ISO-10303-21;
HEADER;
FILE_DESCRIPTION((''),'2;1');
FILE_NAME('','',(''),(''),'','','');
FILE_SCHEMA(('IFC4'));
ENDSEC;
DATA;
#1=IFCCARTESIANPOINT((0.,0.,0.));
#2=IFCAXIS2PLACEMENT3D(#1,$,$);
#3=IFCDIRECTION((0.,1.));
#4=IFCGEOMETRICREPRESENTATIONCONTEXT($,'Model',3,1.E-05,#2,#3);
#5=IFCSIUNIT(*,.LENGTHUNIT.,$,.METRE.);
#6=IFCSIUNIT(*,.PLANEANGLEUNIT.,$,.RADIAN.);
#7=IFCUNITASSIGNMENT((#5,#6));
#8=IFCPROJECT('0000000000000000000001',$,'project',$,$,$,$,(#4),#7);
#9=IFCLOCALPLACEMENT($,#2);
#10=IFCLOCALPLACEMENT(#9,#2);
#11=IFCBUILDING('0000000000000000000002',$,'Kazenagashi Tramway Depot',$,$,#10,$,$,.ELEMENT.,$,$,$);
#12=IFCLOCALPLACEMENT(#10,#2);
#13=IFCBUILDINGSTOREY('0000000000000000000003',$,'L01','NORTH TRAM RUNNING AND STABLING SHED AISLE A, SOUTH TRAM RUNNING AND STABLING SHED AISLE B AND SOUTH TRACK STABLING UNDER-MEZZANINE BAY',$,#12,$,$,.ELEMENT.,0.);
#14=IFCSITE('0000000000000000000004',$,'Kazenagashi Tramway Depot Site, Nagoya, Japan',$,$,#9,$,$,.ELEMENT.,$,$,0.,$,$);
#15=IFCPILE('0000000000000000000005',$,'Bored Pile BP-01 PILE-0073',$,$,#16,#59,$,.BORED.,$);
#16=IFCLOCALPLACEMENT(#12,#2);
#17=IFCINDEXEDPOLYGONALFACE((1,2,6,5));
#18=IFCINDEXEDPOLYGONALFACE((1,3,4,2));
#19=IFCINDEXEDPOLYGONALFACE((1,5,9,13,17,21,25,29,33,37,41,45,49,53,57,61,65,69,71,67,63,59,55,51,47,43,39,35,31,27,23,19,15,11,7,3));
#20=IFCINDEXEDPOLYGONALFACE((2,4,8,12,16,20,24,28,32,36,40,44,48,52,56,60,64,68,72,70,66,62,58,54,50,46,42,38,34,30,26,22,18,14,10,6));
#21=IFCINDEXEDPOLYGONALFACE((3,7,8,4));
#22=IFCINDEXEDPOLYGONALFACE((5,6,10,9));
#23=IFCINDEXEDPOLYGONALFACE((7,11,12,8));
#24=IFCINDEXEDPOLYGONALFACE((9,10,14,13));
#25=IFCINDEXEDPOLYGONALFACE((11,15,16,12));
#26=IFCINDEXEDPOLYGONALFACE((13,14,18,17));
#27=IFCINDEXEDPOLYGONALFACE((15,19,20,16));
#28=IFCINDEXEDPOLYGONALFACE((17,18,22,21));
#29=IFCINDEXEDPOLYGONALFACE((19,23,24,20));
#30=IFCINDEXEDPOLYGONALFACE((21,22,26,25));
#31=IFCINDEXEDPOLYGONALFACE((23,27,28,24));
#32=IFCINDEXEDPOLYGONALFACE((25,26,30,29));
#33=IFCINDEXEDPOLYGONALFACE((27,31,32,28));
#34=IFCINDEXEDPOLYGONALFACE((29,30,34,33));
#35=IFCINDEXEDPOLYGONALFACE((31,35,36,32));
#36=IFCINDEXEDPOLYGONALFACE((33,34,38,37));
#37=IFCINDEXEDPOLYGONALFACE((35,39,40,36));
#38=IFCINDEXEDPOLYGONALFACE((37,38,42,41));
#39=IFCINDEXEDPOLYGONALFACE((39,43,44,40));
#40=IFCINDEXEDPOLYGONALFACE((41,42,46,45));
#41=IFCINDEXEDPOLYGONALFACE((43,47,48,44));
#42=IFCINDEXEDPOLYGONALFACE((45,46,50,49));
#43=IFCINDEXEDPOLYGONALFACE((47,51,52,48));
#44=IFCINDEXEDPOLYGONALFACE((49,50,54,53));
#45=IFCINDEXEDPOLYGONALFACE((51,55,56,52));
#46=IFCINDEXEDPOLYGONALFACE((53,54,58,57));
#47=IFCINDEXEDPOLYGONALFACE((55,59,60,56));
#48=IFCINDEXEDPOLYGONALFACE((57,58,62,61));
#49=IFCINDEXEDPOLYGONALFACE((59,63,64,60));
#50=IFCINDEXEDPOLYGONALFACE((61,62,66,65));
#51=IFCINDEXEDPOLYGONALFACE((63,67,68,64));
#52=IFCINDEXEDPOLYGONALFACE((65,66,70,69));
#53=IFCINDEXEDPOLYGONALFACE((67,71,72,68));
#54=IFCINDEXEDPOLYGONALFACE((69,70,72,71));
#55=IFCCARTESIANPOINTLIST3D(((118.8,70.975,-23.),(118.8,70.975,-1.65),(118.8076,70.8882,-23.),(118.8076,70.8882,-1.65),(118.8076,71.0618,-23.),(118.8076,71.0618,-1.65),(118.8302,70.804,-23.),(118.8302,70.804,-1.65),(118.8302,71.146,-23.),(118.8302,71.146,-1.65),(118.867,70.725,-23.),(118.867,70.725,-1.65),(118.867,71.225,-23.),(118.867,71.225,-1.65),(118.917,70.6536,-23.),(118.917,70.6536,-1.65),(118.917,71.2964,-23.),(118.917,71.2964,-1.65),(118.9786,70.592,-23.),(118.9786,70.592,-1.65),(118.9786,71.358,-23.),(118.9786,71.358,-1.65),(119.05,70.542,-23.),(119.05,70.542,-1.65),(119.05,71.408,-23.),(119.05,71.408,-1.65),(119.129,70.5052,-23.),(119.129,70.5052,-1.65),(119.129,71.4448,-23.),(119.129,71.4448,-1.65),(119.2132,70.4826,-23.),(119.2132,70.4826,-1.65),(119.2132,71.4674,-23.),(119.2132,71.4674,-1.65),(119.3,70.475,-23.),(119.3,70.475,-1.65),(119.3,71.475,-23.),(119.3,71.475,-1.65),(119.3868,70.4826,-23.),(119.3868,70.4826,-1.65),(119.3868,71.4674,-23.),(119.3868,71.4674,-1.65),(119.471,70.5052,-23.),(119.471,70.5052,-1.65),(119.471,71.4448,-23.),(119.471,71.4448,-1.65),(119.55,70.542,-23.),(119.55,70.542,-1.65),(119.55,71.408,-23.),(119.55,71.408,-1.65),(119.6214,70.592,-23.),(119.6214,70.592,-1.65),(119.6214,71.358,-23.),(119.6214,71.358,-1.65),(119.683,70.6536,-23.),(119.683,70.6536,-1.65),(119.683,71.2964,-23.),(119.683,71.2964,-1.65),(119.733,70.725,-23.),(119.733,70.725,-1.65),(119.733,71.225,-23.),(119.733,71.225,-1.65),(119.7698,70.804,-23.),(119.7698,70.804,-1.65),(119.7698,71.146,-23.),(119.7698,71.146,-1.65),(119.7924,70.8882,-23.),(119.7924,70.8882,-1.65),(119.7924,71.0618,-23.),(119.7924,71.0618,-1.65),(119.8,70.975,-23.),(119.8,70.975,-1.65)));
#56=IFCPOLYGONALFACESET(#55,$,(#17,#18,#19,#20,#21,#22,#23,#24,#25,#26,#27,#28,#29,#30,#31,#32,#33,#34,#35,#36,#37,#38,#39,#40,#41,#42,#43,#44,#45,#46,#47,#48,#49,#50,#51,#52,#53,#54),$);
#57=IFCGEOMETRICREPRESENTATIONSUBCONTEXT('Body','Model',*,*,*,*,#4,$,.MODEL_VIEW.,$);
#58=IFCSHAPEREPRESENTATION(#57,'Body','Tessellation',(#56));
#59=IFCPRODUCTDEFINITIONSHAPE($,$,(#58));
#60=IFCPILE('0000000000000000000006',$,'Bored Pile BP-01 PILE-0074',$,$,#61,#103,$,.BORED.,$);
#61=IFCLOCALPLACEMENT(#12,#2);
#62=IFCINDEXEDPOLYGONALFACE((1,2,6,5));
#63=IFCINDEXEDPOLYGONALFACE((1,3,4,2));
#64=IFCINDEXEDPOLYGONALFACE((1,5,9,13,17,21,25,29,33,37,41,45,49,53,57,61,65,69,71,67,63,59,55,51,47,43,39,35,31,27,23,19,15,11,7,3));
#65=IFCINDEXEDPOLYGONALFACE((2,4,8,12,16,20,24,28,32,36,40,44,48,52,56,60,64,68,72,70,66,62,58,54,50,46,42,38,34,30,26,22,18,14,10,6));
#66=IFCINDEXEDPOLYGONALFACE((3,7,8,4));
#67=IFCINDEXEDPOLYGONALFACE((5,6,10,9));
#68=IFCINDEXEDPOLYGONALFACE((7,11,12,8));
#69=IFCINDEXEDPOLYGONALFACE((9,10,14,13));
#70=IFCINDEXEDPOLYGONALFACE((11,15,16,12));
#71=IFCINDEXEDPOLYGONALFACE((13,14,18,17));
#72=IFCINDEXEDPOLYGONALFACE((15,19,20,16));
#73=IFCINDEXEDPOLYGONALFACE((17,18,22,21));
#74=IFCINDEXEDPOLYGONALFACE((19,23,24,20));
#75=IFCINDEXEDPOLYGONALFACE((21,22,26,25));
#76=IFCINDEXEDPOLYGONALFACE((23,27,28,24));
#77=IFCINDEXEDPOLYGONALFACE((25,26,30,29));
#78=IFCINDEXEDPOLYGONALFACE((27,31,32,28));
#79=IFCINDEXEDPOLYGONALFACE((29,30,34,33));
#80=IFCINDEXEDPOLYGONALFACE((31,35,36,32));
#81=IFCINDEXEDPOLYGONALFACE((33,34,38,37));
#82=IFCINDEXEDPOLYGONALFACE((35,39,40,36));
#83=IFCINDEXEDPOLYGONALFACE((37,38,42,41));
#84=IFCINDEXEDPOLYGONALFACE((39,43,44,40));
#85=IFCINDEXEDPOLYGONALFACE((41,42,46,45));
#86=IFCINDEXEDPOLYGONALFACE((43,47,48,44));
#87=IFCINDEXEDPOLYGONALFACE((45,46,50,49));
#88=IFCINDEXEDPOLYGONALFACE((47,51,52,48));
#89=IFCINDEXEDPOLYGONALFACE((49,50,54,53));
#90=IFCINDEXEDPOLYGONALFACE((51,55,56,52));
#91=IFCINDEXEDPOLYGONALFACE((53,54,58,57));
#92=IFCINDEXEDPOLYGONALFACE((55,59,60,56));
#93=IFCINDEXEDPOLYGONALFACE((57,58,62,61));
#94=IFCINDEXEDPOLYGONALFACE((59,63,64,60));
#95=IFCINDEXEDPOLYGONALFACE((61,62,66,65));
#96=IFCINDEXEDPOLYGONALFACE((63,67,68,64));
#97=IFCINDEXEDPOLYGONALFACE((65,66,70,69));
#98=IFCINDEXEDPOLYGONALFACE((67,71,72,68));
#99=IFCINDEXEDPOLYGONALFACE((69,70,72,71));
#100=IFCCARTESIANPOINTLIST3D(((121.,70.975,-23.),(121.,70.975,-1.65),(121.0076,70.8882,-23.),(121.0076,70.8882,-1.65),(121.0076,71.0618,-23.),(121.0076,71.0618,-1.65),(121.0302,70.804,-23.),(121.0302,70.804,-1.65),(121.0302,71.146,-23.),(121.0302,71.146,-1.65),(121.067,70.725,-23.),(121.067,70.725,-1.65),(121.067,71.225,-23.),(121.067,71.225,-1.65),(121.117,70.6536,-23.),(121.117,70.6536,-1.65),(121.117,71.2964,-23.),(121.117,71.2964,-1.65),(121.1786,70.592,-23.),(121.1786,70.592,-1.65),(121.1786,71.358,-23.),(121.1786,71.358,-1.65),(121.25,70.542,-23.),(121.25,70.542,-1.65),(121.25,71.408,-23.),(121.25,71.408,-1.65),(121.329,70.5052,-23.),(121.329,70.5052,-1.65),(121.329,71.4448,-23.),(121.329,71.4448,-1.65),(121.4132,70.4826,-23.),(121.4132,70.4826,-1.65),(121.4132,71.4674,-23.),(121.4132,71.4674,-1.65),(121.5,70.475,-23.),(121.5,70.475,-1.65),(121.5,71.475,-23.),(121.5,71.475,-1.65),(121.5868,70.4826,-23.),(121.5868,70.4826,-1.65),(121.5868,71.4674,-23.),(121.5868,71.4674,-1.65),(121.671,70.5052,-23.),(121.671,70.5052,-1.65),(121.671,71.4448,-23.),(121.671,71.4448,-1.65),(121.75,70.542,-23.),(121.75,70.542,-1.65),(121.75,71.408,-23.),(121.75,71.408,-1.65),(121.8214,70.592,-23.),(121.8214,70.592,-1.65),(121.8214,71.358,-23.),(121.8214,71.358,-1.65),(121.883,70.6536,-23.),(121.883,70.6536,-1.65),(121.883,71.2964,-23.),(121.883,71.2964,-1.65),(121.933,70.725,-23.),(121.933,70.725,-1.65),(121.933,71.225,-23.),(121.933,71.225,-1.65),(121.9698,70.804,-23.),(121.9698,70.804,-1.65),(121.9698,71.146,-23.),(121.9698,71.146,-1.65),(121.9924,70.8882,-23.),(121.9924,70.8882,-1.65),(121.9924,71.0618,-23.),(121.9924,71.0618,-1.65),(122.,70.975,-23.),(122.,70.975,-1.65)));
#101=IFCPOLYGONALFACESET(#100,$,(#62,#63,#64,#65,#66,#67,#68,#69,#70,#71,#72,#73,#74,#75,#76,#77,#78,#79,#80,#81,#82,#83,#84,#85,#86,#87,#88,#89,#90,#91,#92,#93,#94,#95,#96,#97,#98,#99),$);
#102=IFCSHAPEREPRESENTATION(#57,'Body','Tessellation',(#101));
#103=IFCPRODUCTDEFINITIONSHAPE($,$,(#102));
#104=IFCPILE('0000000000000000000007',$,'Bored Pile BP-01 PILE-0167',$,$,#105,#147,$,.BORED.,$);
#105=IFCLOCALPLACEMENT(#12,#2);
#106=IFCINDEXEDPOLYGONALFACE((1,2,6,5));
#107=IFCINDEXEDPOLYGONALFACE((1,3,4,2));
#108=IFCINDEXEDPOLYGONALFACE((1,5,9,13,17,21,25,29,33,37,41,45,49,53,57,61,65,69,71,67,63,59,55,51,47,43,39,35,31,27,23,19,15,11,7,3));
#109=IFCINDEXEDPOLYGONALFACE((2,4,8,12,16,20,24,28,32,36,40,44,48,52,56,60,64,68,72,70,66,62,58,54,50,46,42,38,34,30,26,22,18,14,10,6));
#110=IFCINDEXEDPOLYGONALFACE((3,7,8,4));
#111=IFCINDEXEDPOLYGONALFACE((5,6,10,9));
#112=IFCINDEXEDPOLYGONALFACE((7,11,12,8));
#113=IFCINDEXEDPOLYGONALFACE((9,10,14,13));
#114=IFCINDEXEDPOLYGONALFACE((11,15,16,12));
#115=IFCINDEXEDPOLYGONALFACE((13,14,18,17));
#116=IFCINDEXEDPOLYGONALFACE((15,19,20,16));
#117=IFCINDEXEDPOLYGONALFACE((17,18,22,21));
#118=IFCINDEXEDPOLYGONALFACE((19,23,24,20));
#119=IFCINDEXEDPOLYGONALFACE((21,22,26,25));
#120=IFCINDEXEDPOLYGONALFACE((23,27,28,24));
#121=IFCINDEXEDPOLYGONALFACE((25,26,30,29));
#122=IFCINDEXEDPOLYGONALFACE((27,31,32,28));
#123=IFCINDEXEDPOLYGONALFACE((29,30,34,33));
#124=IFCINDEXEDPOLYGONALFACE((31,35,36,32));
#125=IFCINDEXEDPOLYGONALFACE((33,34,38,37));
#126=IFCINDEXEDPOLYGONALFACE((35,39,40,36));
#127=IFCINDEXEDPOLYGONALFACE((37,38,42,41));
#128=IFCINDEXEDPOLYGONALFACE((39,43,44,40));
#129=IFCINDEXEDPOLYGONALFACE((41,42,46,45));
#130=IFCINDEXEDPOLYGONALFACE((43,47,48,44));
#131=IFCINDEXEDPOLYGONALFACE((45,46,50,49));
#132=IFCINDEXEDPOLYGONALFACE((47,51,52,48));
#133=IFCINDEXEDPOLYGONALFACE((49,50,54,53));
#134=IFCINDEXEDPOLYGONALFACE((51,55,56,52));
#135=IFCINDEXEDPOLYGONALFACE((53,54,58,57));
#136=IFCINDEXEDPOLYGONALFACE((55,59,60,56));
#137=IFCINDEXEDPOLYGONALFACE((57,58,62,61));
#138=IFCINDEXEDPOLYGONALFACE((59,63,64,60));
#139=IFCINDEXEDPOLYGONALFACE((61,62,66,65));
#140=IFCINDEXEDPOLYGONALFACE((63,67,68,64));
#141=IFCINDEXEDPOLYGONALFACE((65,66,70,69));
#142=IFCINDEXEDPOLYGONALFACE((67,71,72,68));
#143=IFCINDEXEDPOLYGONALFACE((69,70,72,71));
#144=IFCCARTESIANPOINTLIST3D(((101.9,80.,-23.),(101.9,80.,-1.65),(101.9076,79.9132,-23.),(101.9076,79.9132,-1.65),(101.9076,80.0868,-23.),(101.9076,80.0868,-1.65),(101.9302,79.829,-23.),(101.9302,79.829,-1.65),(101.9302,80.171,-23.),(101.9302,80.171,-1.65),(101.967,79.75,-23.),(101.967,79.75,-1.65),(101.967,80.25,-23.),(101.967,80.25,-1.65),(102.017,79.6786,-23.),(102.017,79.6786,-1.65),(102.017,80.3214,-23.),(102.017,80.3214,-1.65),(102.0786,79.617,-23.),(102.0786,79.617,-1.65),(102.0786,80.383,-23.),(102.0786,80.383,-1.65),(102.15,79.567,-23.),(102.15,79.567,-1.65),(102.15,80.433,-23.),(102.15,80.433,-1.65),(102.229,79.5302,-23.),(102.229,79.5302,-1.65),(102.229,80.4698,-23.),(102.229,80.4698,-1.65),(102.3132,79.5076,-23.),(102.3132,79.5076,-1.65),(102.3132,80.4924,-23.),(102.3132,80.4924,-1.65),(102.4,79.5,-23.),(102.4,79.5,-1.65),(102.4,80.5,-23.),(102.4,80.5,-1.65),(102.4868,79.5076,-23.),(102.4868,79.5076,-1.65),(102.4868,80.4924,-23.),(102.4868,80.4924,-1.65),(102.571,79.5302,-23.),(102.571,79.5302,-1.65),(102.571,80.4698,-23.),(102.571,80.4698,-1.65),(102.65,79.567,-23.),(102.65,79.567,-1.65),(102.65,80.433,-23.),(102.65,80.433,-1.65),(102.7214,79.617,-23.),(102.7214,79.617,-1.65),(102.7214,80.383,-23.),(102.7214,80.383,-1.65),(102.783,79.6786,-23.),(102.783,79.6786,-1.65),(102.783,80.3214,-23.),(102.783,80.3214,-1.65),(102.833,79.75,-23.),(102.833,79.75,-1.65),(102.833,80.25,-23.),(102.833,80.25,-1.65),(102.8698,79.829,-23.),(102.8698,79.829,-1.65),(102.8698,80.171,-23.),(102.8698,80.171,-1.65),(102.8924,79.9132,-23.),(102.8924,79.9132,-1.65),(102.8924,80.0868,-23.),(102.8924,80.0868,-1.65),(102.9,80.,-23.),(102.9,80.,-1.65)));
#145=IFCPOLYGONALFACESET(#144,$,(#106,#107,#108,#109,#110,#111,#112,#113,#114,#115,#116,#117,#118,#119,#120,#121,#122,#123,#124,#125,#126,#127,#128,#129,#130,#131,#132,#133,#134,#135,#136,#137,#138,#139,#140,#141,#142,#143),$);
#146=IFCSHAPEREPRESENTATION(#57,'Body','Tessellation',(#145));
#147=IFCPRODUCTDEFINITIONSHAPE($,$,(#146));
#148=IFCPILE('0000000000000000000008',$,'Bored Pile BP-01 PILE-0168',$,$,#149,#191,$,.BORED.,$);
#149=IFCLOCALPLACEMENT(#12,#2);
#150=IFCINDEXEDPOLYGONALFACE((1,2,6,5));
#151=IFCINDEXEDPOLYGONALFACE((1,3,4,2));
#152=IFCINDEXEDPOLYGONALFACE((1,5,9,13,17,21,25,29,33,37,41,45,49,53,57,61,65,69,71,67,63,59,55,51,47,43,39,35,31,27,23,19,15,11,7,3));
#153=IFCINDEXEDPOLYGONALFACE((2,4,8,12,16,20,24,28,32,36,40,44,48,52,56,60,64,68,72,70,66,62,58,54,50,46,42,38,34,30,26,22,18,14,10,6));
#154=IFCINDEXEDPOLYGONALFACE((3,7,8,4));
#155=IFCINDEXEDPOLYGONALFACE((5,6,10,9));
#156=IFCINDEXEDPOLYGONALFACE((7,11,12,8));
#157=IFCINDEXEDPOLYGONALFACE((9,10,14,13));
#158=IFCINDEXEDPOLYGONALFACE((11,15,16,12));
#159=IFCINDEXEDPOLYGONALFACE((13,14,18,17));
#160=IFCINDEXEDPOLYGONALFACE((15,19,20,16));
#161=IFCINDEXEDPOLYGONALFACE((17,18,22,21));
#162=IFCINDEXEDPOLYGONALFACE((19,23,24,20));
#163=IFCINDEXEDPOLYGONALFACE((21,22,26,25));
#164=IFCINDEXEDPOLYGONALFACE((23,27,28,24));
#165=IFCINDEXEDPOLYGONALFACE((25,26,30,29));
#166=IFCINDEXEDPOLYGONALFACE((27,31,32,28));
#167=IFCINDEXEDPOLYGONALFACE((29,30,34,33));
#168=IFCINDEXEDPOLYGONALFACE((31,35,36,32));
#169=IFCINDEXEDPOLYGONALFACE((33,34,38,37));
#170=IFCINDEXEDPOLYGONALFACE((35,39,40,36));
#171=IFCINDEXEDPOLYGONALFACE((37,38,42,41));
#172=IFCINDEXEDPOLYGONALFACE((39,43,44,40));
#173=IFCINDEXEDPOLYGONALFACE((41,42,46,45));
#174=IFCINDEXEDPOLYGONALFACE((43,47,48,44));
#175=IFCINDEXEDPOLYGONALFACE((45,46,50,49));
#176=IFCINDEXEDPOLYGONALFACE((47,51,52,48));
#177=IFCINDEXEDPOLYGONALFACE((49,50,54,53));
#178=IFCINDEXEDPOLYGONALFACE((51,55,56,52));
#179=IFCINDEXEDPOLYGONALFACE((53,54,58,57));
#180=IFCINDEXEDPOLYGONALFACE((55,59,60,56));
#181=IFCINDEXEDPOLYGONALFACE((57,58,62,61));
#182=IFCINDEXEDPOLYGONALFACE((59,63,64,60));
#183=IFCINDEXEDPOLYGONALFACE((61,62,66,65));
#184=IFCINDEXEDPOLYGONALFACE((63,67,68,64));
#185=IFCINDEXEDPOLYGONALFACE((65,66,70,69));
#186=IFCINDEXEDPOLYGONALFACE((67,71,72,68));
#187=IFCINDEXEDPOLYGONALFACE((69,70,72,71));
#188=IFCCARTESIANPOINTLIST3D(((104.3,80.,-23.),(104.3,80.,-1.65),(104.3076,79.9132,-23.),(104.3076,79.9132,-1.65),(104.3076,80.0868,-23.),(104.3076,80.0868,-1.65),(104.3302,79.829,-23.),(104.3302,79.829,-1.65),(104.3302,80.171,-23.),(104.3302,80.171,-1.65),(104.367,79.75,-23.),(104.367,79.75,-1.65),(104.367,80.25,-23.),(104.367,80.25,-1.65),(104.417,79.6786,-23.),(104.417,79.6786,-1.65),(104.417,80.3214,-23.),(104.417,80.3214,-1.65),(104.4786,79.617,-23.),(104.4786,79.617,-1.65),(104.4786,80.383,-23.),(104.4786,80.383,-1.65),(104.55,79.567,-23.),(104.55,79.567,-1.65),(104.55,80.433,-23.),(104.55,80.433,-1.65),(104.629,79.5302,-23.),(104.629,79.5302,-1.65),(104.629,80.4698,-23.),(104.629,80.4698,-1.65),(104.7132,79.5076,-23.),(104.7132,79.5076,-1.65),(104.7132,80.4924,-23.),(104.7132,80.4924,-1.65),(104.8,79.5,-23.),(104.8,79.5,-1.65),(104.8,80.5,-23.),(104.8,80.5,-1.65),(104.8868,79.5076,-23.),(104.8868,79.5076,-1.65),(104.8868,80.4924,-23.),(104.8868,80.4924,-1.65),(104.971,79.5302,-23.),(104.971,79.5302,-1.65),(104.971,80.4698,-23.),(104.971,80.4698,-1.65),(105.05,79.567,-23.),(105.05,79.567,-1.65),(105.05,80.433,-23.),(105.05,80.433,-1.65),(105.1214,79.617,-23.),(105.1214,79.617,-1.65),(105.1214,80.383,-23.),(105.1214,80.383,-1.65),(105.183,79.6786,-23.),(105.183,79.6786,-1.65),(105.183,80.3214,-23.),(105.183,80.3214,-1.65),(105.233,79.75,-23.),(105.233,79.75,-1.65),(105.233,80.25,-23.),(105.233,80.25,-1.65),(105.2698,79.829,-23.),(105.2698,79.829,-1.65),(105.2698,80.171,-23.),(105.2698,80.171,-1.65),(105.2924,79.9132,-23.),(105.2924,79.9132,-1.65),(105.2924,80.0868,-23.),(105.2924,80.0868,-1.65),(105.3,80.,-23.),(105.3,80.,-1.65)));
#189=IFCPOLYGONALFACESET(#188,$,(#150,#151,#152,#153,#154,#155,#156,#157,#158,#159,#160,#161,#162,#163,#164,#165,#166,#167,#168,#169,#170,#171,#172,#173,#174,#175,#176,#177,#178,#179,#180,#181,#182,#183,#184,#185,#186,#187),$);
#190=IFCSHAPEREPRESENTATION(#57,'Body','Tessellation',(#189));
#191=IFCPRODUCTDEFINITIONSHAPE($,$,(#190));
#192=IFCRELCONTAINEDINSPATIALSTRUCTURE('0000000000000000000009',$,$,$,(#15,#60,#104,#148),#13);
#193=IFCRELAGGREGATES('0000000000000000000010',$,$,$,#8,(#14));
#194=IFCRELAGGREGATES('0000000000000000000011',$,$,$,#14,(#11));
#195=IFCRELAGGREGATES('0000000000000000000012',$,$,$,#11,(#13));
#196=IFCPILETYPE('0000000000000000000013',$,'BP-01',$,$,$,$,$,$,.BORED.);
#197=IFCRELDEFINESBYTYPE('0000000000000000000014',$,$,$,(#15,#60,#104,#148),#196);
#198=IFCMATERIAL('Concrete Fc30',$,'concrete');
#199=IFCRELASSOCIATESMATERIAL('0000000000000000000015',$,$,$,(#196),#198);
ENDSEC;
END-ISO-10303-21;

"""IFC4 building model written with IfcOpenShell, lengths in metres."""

from ifc_helpers import new_model, si_unit, direction, frame, origin, origin_2d, place, context, subcontext, project, spatial, circle, extrude, material, material_profile, profile_set, type_object, element, save


model = new_model("IFC4")

# Units and contexts
model_context = context("Model", 3, precision=1e-05, world=origin(), true_north=direction((0.0, 1.0)))
body_context = subcontext(model_context, "Body", "Model", "MODEL_VIEW")
ifc_project = project(units=[si_unit("LENGTHUNIT", "METRE"), si_unit("PLANEANGLEUNIT", "RADIAN")], contexts=[model_context])

# Site, building, storey
site_placement = place(None, origin())
site = spatial("IfcSite", under=ifc_project, at=site_placement, Name="Kazenagashi Tramway Depot Site, Nagoya, Japan", CompositionType="ELEMENT", RefElevation=0.0)
building_placement = place(site_placement, origin())
building = spatial("IfcBuilding", under=site, at=building_placement, Name="Kazenagashi Tramway Depot", CompositionType="ELEMENT")
storey_placement = place(building_placement, origin())
storey = spatial("IfcBuildingStorey", under=building, at=storey_placement, Name="L01", Description="NORTH TRAM RUNNING AND STABLING SHED AISLE A, SOUTH TRAM RUNNING AND STABLING SHED AISLE B AND SOUTH TRACK STABLING UNDER-MEZZANINE BAY", CompositionType="ELEMENT", Elevation=0.0)

# Piles
ifc_material_1 = material(Name="Concrete Fc30", Category="concrete")
ifc_material_profile_1 = material_profile(ifc_material_1, circle(Radius=0.5, at=origin_2d()), Name="PILE-1000")
ifc_profile_set_1 = profile_set([ifc_material_profile_1], Name="Concrete Fc30")
pile_type_1 = type_object("IfcPileType", Name="BP-01", PredefinedType="BORED", material=ifc_profile_set_1)
for number, where, z_axis, x_axis, name in (
    (1, (119.3, 70.975, -1.65), (0.0, 0.0, -1.0), (1.0, 0.0, 0.0), "Bored Pile BP-01 PILE-0073"),
    (2, (121.5, 70.975, -1.65), (0.0, 0.0, -1.0), (1.0, 0.0, 0.0), "Bored Pile BP-01 PILE-0074"),
    (3, (102.4, 80.0, -1.65), (0.0, 0.0, -1.0), (1.0, 0.0, 0.0), "Bored Pile BP-01 PILE-0167"),
    (4, (104.8, 80.0, -1.65), (0.0, 0.0, -1.0), (1.0, 0.0, 0.0), "Bored Pile BP-01 PILE-0168"),
):
    element("IfcPile", number, at=place(storey_placement, frame(where, z_axis=z_axis, x_axis=x_axis)), inside=storey, type_object=pile_type_1, Name=name, PredefinedType="BORED", context=body_context, shape_type="SweptSolid", body=[
        extrude(circle(Radius=0.5, at=origin_2d()), origin(), (0.0, 0.0, 1.0), 21.35),
    ])

save(model, "model.ifc")
